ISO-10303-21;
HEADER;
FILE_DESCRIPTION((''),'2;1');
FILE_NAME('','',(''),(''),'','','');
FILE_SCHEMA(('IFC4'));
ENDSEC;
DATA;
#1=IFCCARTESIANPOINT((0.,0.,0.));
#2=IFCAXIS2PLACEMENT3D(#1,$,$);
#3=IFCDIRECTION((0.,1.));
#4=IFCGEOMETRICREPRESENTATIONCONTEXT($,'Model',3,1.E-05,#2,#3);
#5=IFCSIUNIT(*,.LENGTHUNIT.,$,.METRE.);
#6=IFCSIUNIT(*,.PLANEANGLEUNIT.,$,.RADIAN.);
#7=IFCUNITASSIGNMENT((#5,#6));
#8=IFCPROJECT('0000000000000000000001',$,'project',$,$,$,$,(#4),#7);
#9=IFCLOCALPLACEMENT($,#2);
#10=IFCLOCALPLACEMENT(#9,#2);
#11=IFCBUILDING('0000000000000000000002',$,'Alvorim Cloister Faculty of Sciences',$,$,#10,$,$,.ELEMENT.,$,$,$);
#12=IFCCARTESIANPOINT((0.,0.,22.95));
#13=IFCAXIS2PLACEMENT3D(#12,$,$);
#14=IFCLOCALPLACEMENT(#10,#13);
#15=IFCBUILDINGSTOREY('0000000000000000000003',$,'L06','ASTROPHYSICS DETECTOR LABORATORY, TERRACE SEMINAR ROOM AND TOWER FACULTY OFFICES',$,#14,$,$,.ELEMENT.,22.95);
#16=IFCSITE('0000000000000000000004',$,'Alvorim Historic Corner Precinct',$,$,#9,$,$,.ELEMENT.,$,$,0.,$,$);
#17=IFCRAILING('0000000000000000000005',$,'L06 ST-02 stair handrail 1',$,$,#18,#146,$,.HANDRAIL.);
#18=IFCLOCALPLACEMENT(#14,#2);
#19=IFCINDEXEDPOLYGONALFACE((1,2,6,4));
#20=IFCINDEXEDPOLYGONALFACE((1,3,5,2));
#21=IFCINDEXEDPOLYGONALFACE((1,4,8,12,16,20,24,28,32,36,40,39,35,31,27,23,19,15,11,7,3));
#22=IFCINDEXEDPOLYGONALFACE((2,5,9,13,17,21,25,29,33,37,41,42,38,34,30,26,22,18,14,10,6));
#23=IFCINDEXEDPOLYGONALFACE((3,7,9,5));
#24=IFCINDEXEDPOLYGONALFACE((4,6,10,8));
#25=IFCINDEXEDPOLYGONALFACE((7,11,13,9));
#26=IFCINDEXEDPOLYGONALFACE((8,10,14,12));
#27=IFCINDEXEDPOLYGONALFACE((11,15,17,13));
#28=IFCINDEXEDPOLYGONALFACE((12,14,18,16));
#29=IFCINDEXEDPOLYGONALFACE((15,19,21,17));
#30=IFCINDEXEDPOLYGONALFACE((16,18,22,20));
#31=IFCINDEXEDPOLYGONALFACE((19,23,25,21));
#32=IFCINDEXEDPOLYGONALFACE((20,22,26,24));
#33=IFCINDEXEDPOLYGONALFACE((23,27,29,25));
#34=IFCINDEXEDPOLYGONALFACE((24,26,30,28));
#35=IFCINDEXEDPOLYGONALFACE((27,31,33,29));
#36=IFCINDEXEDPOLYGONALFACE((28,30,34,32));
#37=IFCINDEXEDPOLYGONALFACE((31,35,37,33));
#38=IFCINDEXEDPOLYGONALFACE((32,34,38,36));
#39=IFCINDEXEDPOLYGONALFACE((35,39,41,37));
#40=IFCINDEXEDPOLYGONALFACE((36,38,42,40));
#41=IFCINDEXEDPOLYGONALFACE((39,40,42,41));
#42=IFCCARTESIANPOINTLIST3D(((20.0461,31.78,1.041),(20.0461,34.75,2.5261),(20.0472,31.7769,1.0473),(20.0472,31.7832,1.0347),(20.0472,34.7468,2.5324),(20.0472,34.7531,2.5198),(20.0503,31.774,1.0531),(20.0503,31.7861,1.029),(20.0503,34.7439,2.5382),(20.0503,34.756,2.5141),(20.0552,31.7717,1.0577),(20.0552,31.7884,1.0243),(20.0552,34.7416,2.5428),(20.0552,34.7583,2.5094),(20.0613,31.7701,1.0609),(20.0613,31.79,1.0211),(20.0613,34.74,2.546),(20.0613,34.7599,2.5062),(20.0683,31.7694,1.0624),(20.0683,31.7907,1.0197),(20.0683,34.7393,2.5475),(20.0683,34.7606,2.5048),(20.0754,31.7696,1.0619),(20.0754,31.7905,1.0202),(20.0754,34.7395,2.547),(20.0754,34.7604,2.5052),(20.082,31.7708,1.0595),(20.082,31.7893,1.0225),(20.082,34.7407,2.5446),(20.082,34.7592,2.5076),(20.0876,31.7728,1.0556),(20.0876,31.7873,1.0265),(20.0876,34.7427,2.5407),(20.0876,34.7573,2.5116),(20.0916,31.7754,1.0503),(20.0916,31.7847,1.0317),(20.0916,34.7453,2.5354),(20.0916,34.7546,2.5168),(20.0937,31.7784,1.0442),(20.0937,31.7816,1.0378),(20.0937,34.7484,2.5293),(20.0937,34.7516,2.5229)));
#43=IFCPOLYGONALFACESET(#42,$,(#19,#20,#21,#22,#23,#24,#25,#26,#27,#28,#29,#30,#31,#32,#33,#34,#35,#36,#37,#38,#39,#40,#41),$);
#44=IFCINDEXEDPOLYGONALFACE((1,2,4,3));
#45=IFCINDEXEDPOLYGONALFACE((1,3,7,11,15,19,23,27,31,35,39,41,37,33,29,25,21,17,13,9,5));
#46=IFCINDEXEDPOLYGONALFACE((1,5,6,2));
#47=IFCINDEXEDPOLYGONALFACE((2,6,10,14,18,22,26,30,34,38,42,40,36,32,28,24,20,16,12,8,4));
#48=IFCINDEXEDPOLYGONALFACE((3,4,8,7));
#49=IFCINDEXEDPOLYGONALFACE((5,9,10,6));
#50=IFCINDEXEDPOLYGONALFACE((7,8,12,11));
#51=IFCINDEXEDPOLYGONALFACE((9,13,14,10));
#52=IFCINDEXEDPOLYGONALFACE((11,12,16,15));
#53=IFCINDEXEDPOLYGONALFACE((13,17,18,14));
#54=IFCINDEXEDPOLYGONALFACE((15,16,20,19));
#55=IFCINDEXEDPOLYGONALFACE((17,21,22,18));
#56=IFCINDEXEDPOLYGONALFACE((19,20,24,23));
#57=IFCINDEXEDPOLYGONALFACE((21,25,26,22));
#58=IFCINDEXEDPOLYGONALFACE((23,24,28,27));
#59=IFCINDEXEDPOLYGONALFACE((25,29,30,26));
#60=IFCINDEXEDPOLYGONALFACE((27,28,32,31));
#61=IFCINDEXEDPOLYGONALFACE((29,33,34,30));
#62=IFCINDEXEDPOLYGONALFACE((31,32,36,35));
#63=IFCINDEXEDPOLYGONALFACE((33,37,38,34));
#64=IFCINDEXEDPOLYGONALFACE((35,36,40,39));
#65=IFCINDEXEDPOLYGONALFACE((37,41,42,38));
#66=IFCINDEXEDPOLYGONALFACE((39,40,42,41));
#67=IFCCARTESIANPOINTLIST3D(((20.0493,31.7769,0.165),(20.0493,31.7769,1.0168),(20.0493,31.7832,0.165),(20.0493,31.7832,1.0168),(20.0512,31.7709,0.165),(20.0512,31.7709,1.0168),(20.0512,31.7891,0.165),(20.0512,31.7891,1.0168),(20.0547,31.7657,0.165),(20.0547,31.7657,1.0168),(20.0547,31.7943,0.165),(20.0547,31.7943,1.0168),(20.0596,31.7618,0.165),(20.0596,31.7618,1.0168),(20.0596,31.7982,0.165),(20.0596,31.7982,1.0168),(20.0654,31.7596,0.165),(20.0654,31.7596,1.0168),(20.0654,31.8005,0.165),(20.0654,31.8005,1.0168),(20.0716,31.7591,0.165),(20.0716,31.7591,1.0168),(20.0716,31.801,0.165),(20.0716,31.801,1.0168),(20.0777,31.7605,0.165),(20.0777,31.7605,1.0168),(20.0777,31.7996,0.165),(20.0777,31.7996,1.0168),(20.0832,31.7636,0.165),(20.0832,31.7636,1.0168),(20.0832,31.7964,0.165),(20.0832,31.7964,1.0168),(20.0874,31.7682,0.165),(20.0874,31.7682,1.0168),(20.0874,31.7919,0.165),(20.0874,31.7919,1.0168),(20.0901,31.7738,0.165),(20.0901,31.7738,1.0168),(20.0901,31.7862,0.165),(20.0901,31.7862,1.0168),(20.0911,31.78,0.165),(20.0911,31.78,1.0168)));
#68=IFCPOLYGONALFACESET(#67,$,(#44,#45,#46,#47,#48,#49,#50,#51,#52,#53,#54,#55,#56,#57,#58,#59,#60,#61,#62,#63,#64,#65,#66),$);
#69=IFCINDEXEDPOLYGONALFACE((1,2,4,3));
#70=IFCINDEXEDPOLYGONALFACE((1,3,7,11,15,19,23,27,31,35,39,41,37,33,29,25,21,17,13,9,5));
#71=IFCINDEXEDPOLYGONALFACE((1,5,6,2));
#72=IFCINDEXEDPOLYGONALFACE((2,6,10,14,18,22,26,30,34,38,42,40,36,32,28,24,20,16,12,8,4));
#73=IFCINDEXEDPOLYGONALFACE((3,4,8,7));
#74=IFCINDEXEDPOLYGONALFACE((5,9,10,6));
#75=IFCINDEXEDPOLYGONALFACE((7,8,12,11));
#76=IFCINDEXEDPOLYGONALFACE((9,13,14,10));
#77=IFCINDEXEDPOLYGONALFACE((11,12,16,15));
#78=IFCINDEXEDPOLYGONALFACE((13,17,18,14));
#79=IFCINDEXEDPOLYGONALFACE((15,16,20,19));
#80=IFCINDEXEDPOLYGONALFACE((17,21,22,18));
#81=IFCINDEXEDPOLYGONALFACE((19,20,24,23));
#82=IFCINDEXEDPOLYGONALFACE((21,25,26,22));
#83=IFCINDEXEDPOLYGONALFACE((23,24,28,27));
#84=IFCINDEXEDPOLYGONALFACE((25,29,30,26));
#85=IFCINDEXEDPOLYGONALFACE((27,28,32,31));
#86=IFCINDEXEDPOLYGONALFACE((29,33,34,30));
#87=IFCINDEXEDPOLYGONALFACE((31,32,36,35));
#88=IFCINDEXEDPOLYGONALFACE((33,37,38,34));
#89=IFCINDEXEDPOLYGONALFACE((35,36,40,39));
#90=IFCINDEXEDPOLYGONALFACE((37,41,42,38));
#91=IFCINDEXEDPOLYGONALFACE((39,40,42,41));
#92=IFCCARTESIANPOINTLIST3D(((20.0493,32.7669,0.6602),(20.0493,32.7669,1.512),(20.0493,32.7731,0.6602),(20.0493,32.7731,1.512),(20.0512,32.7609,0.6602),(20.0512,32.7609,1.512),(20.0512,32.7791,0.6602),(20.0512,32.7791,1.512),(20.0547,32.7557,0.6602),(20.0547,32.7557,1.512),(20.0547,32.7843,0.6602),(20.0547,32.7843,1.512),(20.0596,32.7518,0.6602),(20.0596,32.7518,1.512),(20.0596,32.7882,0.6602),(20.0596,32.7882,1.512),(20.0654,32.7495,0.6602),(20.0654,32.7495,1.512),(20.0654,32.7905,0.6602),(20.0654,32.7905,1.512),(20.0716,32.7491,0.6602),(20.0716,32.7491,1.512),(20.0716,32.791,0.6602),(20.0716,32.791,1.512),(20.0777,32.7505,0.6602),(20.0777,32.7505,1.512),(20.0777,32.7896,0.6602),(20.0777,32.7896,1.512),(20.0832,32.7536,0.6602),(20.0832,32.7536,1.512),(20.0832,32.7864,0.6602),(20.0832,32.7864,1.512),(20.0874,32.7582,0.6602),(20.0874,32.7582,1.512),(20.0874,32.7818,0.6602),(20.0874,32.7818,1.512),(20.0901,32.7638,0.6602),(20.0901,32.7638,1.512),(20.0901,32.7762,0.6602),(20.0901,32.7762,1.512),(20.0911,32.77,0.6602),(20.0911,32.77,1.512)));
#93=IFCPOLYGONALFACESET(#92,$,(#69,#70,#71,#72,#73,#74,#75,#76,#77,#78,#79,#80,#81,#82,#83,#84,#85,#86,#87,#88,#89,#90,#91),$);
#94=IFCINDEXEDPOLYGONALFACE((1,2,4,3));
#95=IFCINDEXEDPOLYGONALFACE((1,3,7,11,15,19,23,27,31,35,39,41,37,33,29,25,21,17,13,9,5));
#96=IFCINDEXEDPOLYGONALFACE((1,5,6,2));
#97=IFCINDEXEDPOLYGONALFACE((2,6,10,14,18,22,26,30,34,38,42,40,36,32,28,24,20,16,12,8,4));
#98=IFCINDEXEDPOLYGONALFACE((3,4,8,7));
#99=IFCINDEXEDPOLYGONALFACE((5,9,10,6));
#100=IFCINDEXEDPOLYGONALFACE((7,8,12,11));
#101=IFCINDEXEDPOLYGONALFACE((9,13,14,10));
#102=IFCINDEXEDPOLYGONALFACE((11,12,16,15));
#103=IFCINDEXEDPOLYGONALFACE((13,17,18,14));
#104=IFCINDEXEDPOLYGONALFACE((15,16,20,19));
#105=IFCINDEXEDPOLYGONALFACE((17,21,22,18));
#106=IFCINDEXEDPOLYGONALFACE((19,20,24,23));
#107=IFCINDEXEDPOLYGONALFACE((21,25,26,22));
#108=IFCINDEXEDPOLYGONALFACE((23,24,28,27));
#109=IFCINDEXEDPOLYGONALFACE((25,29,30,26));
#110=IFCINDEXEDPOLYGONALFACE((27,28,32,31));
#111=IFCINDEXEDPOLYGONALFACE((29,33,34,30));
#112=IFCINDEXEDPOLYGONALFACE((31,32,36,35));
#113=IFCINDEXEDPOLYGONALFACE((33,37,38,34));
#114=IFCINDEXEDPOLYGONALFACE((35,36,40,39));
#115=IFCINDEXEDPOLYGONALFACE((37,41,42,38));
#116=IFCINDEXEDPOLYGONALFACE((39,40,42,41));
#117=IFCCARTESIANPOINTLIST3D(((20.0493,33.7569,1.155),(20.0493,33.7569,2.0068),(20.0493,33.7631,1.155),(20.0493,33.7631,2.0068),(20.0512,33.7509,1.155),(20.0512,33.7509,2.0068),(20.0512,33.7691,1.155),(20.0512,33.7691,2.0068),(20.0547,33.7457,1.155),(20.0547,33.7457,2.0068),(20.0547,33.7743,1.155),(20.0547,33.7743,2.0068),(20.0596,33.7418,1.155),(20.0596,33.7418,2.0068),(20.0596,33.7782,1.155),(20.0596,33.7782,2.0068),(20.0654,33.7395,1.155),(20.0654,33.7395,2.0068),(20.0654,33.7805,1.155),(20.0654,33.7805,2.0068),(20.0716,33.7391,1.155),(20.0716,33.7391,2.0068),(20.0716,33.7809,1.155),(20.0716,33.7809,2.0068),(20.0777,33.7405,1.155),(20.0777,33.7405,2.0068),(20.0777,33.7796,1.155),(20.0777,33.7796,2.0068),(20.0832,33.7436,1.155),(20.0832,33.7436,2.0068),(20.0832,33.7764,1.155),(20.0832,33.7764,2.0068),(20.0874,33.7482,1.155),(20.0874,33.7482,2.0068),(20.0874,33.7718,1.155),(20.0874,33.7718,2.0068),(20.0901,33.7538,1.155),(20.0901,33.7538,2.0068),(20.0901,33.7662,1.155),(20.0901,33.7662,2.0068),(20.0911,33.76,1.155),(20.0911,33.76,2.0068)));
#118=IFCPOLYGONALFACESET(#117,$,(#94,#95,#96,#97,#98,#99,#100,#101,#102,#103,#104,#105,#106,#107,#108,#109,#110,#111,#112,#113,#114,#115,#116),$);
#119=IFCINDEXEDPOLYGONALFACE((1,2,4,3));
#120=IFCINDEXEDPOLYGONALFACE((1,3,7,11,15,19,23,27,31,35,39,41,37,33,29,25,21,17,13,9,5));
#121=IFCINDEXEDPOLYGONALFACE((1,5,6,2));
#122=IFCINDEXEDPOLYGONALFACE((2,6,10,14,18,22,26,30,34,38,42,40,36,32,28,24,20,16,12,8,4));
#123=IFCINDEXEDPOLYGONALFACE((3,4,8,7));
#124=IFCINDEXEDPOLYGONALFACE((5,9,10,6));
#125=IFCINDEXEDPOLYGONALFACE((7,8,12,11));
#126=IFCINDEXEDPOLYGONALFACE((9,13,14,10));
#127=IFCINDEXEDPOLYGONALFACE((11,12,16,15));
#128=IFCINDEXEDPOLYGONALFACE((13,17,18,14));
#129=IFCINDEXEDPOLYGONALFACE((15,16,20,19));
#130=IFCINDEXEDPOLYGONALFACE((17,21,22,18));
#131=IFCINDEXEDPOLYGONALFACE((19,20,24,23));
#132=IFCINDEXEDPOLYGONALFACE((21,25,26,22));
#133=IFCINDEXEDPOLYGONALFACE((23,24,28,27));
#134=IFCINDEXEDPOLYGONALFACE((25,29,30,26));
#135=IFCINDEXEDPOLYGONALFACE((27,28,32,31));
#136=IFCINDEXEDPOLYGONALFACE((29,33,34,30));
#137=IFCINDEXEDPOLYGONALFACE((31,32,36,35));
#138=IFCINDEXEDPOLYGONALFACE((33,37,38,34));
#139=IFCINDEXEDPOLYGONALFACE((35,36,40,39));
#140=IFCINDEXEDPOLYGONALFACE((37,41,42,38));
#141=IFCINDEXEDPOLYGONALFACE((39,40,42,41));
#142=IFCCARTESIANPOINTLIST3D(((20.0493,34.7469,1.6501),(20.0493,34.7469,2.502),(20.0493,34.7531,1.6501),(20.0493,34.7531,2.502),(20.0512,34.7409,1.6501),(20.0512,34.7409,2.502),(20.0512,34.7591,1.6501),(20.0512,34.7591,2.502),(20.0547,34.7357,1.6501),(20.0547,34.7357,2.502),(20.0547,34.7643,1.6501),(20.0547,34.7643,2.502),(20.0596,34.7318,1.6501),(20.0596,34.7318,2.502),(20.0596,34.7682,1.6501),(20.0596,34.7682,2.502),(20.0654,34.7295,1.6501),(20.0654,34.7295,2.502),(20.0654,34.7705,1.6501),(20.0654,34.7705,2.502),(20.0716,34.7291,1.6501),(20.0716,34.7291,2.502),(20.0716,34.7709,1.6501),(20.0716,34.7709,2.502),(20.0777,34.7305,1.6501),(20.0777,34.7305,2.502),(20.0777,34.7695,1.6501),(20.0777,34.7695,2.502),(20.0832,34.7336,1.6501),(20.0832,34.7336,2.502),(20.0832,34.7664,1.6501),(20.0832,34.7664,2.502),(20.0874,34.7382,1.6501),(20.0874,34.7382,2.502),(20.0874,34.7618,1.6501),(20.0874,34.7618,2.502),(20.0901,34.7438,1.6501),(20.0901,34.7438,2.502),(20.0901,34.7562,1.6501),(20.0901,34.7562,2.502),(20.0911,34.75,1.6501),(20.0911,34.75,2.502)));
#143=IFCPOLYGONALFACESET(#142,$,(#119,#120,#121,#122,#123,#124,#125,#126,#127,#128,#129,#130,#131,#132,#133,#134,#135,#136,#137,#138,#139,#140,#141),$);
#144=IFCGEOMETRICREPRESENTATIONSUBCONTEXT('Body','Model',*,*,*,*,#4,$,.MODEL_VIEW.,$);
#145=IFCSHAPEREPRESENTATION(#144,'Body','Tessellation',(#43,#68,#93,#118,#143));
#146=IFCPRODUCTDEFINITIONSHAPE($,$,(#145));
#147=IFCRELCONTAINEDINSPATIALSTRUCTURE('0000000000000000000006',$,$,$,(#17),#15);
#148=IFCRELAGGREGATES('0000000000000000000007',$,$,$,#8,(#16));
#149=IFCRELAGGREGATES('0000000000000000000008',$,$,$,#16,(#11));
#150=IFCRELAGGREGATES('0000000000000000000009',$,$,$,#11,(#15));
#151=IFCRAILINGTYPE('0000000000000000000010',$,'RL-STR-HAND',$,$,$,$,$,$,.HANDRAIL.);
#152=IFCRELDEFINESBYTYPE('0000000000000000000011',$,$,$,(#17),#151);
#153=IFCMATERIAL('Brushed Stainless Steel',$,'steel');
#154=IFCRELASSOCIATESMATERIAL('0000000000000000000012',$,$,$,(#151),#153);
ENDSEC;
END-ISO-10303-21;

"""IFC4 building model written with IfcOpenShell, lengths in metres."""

from ifc_helpers import new_model, si_unit, direction, frame, origin, origin_2d, place, context, subcontext, project, spatial, circle, extrude, material, type_object, element, save


model = new_model("IFC4")

# Units and contexts
model_context = context("Model", 3, precision=1e-05, world=origin(), true_north=direction((0.0, 1.0)))
body_context = subcontext(model_context, "Body", "Model", "MODEL_VIEW")
ifc_project = project(units=[si_unit("LENGTHUNIT", "METRE"), si_unit("PLANEANGLEUNIT", "RADIAN")], contexts=[model_context])

# Site, building, storey
site_placement = place(None, origin())
site = spatial("IfcSite", under=ifc_project, at=site_placement, Name="Alvorim Historic Corner Precinct", CompositionType="ELEMENT", RefElevation=0.0)
building_placement = place(site_placement, origin())
building = spatial("IfcBuilding", under=site, at=building_placement, Name="Alvorim Cloister Faculty of Sciences", CompositionType="ELEMENT")
storey_placement = place(building_placement, frame((0.0, 0.0, 22.95)))
storey = spatial("IfcBuildingStorey", under=building, at=storey_placement, Name="L06", Description="ASTROPHYSICS DETECTOR LABORATORY, TERRACE SEMINAR ROOM AND TOWER FACULTY OFFICES", CompositionType="ELEMENT", Elevation=22.95)

# Shared definitions
ifc_material_1 = material(Name="Brushed Stainless Steel", Category="steel")

# Railing
railing_type_1 = type_object("IfcRailingType", Name="RL-STR-HAND", PredefinedType="HANDRAIL", material=ifc_material_1)
railing_1_placement = place(storey_placement, frame((20.0701, 31.78, 0.165)))
element("IfcRailing", 1, at=railing_1_placement, inside=storey, type_object=railing_type_1, Name="L06 ST-02 stair handrail 1", PredefinedType="HANDRAIL", context=body_context, shape_type="SweptSolid", body=[
    extrude(circle(Radius=0.0239, at=origin_2d()), frame((0.0, 0.0, 0.876), z_axis=(0.0, 0.894412, 0.447243), x_axis=(-1.0, 0.0, 0.0)), (0.0, 0.0, 1.0), 3.3206),
    extrude(circle(Radius=0.021, at=origin_2d()), origin(), (0.0, 0.0, 1.0), 0.8518),
    extrude(circle(Radius=0.021, at=origin_2d()), frame((0.0, 0.99, 0.4951)), (0.0, 0.0, 1.0), 0.8518),
    extrude(circle(Radius=0.021, at=origin_2d()), frame((0.0, 1.98, 0.99)), (0.0, 0.0, 1.0), 0.8518),
    extrude(circle(Radius=0.021, at=origin_2d()), frame((0.0, 2.97, 1.4851)), (0.0, 0.0, 1.0), 0.8518),
])

save(model, "model.ifc")
